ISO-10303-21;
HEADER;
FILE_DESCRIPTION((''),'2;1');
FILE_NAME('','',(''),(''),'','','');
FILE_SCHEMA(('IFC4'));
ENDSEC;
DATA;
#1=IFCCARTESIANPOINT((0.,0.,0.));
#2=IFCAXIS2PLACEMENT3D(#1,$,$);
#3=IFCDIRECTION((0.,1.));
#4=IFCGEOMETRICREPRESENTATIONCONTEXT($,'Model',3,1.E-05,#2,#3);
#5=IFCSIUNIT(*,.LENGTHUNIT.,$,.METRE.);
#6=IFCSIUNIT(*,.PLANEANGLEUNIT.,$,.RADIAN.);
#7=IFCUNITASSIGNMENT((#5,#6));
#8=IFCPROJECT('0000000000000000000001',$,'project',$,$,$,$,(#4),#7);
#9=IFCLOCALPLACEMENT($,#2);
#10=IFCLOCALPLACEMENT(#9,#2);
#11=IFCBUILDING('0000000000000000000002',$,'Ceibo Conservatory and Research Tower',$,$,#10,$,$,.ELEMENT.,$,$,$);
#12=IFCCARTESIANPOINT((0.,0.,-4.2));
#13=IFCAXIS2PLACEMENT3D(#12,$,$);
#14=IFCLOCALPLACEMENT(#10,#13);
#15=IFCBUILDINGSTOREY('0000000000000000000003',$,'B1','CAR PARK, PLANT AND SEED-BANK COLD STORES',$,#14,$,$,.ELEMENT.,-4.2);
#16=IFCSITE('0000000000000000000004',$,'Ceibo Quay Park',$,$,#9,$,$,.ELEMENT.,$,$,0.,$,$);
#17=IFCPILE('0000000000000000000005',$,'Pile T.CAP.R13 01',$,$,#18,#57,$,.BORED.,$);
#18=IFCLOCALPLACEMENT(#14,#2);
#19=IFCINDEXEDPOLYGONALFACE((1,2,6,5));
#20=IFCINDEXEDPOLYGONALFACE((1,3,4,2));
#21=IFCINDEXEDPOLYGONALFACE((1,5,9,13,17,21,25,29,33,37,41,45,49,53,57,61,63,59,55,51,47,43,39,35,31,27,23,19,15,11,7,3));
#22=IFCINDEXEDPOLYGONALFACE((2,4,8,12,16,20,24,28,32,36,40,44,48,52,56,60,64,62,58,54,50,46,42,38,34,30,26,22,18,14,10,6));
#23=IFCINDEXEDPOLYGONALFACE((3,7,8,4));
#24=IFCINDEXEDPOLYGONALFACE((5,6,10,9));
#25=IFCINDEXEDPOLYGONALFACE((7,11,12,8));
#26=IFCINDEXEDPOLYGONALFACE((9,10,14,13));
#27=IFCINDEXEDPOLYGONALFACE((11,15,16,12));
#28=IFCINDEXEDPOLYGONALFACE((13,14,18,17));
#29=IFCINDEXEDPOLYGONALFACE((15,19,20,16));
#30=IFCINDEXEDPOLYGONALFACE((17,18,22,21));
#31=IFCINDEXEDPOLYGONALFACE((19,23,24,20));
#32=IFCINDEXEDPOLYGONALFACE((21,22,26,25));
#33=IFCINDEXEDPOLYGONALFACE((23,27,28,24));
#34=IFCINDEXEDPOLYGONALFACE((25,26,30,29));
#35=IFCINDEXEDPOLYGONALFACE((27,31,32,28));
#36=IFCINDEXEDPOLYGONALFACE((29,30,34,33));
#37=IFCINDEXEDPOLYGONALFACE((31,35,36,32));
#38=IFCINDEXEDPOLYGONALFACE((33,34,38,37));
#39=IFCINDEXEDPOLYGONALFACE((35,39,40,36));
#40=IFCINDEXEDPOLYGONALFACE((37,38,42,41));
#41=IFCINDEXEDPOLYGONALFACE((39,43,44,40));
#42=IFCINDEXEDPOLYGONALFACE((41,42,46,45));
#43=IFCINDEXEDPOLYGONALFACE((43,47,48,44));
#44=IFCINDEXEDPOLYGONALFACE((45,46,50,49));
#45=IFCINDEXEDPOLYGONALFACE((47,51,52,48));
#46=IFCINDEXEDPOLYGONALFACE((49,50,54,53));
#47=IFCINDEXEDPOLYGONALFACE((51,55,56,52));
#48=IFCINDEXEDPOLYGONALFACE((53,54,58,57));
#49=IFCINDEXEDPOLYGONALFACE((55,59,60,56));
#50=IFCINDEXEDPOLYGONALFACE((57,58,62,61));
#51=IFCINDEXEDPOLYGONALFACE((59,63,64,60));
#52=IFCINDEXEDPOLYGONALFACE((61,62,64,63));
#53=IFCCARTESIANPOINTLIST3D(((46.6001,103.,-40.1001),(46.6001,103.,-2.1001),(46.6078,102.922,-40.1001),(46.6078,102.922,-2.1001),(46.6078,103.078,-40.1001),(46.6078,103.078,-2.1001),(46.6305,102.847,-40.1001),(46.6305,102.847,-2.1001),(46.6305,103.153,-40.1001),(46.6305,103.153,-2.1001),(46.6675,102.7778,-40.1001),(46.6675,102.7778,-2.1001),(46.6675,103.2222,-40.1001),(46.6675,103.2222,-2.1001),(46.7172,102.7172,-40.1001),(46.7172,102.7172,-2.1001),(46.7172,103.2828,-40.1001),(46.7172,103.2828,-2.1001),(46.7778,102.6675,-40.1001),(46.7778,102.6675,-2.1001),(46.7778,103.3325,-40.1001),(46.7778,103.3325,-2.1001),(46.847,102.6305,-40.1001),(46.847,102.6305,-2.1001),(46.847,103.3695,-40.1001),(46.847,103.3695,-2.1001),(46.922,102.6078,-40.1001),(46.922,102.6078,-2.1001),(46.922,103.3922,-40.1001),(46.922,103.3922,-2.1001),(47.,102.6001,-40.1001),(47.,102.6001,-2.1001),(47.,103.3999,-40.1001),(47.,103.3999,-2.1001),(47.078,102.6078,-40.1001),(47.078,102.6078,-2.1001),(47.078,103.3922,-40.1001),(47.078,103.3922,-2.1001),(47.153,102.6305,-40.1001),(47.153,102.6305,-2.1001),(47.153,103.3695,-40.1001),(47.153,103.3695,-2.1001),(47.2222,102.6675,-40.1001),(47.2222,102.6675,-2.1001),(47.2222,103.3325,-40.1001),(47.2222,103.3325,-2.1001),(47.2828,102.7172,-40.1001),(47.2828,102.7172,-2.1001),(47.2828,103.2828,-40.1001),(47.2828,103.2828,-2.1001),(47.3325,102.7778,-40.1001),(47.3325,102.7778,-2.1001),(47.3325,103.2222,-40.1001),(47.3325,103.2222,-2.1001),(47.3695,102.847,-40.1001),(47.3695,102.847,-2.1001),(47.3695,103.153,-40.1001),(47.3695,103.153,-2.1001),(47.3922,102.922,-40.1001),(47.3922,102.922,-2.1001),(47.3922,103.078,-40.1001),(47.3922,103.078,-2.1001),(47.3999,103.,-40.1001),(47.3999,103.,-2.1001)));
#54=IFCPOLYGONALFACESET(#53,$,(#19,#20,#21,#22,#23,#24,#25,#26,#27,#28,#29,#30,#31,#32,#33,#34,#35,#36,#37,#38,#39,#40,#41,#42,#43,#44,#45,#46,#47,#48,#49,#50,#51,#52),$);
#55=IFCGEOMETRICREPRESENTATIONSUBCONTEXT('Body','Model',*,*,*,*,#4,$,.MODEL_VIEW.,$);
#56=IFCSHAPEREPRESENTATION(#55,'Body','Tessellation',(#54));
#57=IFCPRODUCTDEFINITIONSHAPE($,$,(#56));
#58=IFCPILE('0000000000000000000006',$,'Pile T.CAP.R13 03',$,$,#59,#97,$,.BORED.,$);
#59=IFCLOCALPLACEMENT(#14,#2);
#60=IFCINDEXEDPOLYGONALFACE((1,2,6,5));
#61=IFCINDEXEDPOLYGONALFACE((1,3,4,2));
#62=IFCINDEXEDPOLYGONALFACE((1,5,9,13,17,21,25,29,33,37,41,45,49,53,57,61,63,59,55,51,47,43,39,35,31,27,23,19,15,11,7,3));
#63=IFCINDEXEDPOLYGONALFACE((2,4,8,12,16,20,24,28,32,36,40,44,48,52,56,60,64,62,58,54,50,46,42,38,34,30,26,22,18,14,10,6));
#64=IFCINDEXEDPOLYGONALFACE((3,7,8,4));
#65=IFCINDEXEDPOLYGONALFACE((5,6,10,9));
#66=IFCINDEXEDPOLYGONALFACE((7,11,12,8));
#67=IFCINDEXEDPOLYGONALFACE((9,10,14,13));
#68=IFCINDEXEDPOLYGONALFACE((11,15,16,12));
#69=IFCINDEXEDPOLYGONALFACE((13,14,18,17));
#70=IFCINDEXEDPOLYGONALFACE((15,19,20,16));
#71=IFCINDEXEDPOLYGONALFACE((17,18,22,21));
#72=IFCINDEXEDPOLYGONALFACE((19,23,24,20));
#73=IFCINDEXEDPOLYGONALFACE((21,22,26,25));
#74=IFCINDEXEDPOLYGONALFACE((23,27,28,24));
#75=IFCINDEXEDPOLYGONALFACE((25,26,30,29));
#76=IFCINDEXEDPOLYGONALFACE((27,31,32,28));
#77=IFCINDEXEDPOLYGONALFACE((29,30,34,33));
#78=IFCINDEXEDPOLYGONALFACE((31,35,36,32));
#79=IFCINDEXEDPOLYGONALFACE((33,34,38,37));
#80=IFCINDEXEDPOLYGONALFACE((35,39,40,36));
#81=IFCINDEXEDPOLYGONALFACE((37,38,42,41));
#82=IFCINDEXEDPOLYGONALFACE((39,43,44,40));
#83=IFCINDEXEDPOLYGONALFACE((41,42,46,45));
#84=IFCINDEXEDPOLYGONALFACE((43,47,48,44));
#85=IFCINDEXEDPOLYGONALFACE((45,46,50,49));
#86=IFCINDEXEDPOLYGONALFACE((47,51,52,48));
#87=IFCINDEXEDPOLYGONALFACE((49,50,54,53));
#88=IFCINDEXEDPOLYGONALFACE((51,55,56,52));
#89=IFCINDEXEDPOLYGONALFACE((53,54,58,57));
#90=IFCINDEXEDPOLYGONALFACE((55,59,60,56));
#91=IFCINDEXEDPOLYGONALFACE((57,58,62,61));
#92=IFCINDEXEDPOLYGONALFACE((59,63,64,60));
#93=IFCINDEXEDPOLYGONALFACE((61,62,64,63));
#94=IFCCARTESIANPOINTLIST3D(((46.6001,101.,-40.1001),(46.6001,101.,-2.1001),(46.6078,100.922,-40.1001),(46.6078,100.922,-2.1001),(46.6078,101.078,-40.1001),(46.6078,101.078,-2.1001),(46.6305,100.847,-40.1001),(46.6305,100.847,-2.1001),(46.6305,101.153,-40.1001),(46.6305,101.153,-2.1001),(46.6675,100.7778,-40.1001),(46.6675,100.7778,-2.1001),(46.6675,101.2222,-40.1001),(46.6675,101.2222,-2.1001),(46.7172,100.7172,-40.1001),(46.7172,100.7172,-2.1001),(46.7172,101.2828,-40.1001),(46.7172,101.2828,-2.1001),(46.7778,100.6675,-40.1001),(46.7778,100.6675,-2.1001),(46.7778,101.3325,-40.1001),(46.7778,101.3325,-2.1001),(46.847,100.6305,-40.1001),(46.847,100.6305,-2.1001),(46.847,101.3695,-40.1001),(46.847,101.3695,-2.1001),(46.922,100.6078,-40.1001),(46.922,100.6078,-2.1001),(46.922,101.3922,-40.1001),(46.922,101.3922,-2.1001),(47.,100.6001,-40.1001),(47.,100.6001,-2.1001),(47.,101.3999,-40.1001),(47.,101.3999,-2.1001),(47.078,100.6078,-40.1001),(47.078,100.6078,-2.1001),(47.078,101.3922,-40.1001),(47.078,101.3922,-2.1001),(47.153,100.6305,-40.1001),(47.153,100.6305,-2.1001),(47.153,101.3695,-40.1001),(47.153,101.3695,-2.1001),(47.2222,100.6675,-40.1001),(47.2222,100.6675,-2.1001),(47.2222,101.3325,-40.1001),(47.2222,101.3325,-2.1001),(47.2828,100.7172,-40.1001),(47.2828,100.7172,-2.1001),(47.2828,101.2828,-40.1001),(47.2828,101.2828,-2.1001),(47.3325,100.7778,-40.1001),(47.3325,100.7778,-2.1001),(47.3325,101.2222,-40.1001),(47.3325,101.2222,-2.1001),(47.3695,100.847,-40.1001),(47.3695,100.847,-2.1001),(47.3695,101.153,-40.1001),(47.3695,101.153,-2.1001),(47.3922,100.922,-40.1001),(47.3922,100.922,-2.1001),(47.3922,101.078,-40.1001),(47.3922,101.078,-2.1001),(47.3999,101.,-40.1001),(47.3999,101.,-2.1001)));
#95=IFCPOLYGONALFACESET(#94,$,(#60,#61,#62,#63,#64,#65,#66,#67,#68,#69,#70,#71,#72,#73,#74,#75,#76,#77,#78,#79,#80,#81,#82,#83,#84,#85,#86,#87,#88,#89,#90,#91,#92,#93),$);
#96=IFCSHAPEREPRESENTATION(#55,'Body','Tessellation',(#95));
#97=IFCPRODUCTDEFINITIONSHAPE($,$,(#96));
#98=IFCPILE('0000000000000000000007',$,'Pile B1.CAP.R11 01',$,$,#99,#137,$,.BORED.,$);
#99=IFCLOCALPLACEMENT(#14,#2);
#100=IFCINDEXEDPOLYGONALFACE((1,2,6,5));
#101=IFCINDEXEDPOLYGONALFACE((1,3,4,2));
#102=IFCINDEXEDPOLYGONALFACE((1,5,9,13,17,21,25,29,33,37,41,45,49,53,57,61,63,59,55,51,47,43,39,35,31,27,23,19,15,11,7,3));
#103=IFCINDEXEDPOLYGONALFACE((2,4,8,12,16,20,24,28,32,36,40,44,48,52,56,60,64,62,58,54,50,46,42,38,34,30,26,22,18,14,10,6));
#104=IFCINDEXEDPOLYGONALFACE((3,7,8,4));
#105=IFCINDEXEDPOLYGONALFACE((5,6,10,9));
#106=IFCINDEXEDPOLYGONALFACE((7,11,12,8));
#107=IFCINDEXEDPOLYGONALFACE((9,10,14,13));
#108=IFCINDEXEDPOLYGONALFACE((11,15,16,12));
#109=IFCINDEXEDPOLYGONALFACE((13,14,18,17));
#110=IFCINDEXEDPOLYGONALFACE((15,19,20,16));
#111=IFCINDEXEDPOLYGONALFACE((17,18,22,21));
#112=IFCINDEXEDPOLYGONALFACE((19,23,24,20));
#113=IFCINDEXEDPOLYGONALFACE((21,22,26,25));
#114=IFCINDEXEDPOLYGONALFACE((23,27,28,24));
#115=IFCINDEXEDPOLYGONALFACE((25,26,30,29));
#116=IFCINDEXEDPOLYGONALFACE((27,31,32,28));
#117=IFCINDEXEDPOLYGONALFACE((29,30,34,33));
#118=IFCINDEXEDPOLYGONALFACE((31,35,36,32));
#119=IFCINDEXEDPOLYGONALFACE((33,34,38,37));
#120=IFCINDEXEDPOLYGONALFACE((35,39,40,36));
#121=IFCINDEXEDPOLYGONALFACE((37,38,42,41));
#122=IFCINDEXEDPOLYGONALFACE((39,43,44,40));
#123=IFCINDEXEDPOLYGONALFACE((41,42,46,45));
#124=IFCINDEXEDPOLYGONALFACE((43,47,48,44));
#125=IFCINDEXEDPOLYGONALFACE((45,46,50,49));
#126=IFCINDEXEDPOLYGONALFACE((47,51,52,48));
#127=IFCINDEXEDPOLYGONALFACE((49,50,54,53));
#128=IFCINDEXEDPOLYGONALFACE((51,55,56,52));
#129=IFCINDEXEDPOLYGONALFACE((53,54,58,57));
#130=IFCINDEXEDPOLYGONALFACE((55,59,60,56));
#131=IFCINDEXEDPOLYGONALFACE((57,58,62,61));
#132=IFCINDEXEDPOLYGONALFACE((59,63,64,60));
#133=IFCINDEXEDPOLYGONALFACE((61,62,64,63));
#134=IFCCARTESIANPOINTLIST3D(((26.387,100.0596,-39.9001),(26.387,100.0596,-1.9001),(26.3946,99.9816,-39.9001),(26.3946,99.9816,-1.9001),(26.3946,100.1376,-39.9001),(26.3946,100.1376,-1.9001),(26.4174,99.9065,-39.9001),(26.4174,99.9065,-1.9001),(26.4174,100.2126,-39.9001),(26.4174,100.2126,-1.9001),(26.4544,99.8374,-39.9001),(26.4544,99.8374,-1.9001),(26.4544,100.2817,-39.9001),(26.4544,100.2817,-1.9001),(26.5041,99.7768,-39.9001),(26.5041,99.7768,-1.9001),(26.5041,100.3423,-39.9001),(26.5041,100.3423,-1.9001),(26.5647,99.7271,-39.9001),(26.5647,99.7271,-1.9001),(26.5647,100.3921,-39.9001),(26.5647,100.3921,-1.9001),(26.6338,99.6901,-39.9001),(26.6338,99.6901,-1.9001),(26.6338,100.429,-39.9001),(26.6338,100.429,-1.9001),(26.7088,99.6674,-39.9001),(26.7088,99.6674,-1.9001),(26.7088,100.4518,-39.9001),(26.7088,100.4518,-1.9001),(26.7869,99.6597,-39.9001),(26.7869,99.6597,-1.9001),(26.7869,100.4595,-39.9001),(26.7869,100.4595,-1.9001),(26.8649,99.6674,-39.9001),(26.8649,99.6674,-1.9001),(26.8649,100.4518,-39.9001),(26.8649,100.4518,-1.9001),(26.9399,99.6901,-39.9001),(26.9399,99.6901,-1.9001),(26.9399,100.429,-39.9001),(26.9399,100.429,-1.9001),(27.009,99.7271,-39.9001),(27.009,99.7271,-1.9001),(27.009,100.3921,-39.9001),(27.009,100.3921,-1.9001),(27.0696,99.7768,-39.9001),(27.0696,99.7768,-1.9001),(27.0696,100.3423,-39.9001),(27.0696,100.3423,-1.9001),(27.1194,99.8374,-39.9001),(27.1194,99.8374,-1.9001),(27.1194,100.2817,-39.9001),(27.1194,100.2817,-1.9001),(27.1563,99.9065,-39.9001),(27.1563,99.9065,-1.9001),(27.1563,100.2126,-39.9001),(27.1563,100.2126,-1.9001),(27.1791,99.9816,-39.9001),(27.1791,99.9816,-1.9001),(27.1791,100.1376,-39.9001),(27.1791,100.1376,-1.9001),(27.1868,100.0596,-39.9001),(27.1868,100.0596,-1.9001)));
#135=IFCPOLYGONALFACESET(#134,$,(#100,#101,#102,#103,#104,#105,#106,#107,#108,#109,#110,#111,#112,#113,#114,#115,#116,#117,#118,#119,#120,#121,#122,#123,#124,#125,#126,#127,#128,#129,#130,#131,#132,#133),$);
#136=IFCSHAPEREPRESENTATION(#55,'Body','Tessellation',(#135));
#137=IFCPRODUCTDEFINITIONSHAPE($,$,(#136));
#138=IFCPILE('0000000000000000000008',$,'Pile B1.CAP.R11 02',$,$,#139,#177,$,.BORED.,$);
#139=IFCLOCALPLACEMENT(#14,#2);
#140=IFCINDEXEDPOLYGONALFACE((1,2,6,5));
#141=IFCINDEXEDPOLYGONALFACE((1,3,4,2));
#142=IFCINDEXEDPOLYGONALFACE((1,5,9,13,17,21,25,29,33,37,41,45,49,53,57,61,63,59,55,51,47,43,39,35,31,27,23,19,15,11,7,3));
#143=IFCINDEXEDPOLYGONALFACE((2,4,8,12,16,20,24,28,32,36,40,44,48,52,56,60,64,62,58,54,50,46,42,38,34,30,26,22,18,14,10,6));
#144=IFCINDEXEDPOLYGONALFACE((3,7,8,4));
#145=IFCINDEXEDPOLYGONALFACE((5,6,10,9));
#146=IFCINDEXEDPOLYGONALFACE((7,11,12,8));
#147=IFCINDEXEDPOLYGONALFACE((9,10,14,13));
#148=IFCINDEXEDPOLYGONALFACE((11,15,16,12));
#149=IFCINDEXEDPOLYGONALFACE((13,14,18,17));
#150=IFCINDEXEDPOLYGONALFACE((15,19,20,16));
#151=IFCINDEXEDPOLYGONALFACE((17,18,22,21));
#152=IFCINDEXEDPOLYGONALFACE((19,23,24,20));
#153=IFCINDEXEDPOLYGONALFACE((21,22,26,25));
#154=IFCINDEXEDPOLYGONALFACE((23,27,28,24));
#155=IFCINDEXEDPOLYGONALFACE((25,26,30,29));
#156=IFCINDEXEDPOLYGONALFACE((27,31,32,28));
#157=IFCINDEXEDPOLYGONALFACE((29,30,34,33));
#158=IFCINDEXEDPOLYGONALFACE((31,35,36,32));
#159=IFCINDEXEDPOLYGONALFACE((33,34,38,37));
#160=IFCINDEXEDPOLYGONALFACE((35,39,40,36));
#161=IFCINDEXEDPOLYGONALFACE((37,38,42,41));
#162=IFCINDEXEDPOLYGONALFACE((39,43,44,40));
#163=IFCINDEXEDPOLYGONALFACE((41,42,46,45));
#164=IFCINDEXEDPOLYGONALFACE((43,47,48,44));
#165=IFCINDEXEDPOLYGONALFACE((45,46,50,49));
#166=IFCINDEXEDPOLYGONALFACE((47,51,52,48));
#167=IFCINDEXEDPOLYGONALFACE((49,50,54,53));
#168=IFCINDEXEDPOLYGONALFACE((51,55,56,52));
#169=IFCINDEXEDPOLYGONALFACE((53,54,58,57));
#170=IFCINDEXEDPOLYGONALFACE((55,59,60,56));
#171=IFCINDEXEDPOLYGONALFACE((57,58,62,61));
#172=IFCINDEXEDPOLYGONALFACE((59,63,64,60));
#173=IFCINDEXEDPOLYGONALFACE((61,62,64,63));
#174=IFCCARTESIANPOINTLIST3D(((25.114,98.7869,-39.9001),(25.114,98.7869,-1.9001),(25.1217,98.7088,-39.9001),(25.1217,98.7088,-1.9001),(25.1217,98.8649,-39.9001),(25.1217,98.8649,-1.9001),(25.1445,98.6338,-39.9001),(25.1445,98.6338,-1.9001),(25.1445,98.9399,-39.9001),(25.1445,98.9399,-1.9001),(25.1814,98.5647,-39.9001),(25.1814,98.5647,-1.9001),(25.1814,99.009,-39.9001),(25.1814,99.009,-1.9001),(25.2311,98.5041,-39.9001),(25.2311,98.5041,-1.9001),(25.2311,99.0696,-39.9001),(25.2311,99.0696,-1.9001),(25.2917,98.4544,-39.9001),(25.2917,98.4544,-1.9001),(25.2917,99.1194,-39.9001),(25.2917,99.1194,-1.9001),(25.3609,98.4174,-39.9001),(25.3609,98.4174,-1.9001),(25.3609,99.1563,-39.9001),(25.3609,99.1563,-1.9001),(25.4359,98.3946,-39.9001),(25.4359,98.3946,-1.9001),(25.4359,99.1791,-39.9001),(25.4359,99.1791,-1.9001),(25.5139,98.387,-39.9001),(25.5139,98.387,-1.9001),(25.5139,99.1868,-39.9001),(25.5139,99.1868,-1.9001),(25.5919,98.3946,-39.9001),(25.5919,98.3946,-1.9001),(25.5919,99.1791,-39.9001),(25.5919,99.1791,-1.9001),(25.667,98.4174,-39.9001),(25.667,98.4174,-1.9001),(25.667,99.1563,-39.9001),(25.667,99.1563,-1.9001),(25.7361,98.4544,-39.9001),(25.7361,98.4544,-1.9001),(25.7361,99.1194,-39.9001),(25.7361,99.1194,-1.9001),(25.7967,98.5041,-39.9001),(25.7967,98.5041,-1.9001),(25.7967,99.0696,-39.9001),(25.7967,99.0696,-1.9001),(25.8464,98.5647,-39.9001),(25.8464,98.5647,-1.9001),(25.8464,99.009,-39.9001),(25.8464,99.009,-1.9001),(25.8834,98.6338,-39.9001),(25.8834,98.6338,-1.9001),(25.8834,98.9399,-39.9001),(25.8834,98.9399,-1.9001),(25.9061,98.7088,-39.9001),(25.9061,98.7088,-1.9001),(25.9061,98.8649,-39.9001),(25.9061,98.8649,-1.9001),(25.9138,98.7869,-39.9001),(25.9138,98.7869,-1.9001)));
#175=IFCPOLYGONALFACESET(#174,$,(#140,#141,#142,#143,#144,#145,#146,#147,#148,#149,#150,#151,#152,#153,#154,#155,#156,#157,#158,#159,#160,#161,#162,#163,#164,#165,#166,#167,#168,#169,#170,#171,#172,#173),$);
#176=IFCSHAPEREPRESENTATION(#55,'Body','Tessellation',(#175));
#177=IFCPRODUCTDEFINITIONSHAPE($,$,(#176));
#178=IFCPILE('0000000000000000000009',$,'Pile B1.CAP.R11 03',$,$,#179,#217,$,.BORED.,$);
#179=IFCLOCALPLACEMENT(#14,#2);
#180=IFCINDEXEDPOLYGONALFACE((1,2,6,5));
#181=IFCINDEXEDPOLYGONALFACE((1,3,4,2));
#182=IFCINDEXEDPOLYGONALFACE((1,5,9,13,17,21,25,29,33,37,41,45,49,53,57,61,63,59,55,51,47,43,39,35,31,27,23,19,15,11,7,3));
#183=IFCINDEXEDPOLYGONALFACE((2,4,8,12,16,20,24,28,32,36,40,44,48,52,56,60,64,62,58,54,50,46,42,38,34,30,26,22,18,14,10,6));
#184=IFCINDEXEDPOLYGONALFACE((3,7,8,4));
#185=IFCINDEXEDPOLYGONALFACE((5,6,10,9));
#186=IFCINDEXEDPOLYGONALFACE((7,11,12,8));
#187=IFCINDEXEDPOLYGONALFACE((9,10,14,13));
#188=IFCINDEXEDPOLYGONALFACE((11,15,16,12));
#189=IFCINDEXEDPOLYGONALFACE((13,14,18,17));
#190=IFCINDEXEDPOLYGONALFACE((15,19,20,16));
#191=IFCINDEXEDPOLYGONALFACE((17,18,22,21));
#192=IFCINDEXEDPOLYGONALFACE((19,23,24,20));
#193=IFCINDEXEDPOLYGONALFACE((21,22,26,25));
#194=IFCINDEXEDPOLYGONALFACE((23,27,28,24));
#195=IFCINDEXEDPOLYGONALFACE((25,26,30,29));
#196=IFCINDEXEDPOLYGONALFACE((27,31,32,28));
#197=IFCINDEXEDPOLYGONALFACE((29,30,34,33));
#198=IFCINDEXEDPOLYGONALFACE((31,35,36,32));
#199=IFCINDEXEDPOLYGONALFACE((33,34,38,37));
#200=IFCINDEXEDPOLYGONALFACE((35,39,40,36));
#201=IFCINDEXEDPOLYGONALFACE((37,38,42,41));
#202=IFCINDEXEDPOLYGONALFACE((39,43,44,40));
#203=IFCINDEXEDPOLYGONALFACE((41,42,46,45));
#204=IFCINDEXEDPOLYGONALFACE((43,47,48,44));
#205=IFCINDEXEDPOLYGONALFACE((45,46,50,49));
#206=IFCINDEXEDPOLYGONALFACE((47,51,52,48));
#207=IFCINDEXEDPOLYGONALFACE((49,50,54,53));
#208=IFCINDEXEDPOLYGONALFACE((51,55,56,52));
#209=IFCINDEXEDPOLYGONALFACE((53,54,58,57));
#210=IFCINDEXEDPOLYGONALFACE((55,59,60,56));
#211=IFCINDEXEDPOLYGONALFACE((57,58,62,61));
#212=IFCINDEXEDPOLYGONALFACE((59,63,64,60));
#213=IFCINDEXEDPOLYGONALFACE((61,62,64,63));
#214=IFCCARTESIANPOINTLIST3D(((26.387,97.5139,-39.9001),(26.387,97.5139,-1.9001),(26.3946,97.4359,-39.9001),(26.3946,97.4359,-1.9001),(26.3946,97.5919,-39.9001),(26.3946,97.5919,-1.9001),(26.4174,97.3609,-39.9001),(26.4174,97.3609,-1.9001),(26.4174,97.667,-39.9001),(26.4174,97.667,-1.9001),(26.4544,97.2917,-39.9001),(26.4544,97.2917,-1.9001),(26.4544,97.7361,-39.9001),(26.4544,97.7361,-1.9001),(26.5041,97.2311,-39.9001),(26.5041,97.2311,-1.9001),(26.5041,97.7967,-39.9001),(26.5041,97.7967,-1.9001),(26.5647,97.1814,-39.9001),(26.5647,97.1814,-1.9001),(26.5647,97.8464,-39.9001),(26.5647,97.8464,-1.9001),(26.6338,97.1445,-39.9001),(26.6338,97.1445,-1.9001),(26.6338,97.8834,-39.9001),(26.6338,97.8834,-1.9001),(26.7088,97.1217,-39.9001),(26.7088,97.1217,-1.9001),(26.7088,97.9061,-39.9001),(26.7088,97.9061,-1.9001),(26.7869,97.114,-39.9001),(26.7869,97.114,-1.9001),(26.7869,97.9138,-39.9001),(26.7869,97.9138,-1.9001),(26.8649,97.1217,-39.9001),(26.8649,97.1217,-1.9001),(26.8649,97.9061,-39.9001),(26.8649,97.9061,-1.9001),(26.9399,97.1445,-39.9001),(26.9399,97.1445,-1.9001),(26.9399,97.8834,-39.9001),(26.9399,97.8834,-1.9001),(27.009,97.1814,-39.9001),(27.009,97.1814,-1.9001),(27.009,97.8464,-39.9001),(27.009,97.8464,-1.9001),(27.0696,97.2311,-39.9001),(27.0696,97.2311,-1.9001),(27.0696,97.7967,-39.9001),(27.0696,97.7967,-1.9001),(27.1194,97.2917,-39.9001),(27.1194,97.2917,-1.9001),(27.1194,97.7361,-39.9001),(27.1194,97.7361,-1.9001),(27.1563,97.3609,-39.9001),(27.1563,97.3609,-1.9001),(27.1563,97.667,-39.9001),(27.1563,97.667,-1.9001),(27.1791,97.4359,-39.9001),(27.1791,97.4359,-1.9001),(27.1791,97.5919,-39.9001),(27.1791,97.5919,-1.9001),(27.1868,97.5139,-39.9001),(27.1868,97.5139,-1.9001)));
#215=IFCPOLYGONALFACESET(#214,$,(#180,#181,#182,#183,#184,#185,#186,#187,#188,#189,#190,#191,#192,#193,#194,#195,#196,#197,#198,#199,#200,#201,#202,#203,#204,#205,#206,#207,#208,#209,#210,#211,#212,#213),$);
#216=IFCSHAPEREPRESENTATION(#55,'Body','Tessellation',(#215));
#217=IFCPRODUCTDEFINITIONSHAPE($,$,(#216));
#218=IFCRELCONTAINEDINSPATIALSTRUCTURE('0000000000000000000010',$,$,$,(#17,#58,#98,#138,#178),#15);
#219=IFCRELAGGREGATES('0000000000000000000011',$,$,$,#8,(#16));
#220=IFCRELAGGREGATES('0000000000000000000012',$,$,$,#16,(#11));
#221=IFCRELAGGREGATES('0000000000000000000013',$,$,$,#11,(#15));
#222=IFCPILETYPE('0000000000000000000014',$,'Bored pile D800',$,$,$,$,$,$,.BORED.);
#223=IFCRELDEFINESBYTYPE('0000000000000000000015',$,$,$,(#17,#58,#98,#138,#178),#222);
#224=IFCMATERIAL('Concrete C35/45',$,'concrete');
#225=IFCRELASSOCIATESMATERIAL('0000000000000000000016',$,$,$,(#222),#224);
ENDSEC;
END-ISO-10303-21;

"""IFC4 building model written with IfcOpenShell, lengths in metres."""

from ifc_helpers import new_model, si_unit, direction, frame, origin, origin_2d, place, context, subcontext, project, spatial, circle, extrude, material, material_profile, profile_set, type_object, element, save


model = new_model("IFC4")

# Units and contexts
model_context = context("Model", 3, precision=1e-05, world=origin(), true_north=direction((0.0, 1.0)))
body_context = subcontext(model_context, "Body", "Model", "MODEL_VIEW")
ifc_project = project(units=[si_unit("LENGTHUNIT", "METRE"), si_unit("PLANEANGLEUNIT", "RADIAN")], contexts=[model_context])

# Site, building, storey
site_placement = place(None, origin())
site = spatial("IfcSite", under=ifc_project, at=site_placement, Name="Ceibo Quay Park", CompositionType="ELEMENT", RefElevation=0.0)
building_placement = place(site_placement, origin())
building = spatial("IfcBuilding", under=site, at=building_placement, Name="Ceibo Conservatory and Research Tower", CompositionType="ELEMENT")
storey_placement = place(building_placement, frame((0.0, 0.0, -4.2)))
storey = spatial("IfcBuildingStorey", under=building, at=storey_placement, Name="B1", Description="CAR PARK, PLANT AND SEED-BANK COLD STORES", CompositionType="ELEMENT", Elevation=-4.2)

# Piles
ifc_material_1 = material(Name="Concrete C35/45", Category="concrete")
ifc_material_profile_1 = material_profile(ifc_material_1, circle(Radius=0.3999, at=origin_2d()), Name="RC D800")
ifc_profile_set_1 = profile_set([ifc_material_profile_1], Name="Concrete C35/45")
pile_type_1 = type_object("IfcPileType", Name="Bored pile D800", PredefinedType="BORED", material=ifc_profile_set_1)
for number, where, z_axis, x_axis, name in (
    (1, (47.0, 103.0, -2.1001), (0.0, 0.0, -1.0), (1.0, 0.0, 0.0), "Pile T.CAP.R13 01"),
    (2, (47.0, 101.0, -2.1001), (0.0, 0.0, -1.0), (1.0, 0.0, 0.0), "Pile T.CAP.R13 03"),
    (3, (26.7869, 100.0596, -1.9001), (0.0, 0.0, -1.0), (1.0, 0.0, 0.0), "Pile B1.CAP.R11 01"),
    (4, (25.5139, 98.7869, -1.9001), (0.0, 0.0, -1.0), (1.0, 0.0, 0.0), "Pile B1.CAP.R11 02"),
    (5, (26.7869, 97.5139, -1.9001), (0.0, 0.0, -1.0), (1.0, 0.0, 0.0), "Pile B1.CAP.R11 03"),
):
    element("IfcPile", number, at=place(storey_placement, frame(where, z_axis=z_axis, x_axis=x_axis)), inside=storey, type_object=pile_type_1, Name=name, PredefinedType="BORED", context=body_context, shape_type="SweptSolid", body=[
        extrude(circle(Radius=0.3999, at=origin_2d()), origin(), (0.0, 0.0, 1.0), 38.0),
    ])

save(model, "model.ifc")
